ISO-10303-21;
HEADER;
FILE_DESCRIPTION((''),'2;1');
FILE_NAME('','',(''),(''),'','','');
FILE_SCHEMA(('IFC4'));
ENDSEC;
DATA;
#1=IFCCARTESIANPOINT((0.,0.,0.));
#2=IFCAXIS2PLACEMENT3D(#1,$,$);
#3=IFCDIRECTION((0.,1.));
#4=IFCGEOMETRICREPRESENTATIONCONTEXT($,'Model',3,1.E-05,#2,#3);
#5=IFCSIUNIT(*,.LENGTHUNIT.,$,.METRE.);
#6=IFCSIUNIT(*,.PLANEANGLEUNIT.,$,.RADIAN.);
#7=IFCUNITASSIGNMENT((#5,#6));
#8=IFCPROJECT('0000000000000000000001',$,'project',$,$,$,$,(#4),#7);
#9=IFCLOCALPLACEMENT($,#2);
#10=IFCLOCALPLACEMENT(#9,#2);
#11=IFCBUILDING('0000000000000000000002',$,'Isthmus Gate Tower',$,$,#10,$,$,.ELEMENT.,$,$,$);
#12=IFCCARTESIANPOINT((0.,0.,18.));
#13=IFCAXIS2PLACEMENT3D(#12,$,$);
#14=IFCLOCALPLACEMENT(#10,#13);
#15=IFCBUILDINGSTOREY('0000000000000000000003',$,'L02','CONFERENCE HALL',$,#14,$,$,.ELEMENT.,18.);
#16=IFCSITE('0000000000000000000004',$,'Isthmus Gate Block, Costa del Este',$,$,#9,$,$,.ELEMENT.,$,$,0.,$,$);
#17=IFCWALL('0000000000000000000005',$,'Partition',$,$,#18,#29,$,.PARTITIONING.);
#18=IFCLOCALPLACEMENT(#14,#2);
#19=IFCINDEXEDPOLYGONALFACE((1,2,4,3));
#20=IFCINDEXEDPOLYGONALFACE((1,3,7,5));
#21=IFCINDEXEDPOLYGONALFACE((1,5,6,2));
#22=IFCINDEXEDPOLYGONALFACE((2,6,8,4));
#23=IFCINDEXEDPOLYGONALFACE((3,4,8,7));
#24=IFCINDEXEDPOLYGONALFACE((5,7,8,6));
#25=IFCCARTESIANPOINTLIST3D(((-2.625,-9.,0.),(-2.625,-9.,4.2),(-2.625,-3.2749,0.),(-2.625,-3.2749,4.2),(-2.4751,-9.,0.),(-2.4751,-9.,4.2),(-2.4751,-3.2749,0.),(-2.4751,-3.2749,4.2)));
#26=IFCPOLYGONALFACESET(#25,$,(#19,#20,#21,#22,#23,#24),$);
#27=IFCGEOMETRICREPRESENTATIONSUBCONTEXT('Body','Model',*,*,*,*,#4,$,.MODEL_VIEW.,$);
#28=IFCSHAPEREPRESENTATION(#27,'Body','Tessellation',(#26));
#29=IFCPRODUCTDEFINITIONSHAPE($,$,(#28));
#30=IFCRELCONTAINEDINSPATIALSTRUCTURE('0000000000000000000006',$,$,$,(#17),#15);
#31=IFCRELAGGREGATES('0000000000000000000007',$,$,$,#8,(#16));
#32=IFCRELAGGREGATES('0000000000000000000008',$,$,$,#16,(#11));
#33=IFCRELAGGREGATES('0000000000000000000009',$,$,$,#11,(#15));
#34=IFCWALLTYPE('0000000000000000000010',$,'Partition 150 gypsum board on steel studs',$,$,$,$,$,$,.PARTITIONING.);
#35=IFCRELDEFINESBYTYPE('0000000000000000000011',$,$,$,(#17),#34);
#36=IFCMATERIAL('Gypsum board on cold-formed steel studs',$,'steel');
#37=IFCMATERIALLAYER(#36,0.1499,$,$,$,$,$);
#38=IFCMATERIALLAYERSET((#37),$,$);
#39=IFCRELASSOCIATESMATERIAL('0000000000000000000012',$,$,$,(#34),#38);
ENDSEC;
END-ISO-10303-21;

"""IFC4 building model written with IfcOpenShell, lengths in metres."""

from ifc_helpers import new_model, si_unit, direction, frame, frame_2d, origin, place, context, subcontext, project, spatial, rectangle, extrude, material, layer, layer_set, type_object, element, save


model = new_model("IFC4")

# Units and contexts
model_context = context("Model", 3, precision=1e-05, world=origin(), true_north=direction((0.0, 1.0)))
body_context = subcontext(model_context, "Body", "Model", "MODEL_VIEW")
ifc_project = project(units=[si_unit("LENGTHUNIT", "METRE"), si_unit("PLANEANGLEUNIT", "RADIAN")], contexts=[model_context])

# Site, building, storey
site_placement = place(None, origin())
site = spatial("IfcSite", under=ifc_project, at=site_placement, Name="Isthmus Gate Block, Costa del Este", CompositionType="ELEMENT", RefElevation=0.0)
building_placement = place(site_placement, origin())
building = spatial("IfcBuilding", under=site, at=building_placement, Name="Isthmus Gate Tower", CompositionType="ELEMENT")
storey_placement = place(building_placement, frame((0.0, 0.0, 18.0)))
storey = spatial("IfcBuildingStorey", under=building, at=storey_placement, Name="L02", Description="CONFERENCE HALL", CompositionType="ELEMENT", Elevation=18.0)

# Shared definitions
ifc_material_1 = material(Name="Gypsum board on cold-formed steel studs", Category="steel")
ifc_layer_1 = layer(ifc_material_1, 0.1499)
ifc_layer_set_1 = layer_set([ifc_layer_1])
wall_type_1 = type_object("IfcWallType", Name="Partition 150 gypsum board on steel studs", PredefinedType="PARTITIONING", material=ifc_layer_set_1)

# Wall
wall_1_placement = place(storey_placement, frame((-2.55, -9.0, 0.0), z_axis=(0.0, 0.0, 1.0), x_axis=(0.0, 1.0, 0.0)))
element("IfcWall", 1, at=wall_1_placement, inside=storey, type_object=wall_type_1, Name="Partition", PredefinedType="PARTITIONING", context=body_context, shape_type="SweptSolid", body=[
    extrude(rectangle(XDim=5.7251, YDim=0.1499, at=frame_2d((2.8625, 0.0))), origin(), (0.0, 0.0, 1.0), 4.2),
])

save(model, "model.ifc")
